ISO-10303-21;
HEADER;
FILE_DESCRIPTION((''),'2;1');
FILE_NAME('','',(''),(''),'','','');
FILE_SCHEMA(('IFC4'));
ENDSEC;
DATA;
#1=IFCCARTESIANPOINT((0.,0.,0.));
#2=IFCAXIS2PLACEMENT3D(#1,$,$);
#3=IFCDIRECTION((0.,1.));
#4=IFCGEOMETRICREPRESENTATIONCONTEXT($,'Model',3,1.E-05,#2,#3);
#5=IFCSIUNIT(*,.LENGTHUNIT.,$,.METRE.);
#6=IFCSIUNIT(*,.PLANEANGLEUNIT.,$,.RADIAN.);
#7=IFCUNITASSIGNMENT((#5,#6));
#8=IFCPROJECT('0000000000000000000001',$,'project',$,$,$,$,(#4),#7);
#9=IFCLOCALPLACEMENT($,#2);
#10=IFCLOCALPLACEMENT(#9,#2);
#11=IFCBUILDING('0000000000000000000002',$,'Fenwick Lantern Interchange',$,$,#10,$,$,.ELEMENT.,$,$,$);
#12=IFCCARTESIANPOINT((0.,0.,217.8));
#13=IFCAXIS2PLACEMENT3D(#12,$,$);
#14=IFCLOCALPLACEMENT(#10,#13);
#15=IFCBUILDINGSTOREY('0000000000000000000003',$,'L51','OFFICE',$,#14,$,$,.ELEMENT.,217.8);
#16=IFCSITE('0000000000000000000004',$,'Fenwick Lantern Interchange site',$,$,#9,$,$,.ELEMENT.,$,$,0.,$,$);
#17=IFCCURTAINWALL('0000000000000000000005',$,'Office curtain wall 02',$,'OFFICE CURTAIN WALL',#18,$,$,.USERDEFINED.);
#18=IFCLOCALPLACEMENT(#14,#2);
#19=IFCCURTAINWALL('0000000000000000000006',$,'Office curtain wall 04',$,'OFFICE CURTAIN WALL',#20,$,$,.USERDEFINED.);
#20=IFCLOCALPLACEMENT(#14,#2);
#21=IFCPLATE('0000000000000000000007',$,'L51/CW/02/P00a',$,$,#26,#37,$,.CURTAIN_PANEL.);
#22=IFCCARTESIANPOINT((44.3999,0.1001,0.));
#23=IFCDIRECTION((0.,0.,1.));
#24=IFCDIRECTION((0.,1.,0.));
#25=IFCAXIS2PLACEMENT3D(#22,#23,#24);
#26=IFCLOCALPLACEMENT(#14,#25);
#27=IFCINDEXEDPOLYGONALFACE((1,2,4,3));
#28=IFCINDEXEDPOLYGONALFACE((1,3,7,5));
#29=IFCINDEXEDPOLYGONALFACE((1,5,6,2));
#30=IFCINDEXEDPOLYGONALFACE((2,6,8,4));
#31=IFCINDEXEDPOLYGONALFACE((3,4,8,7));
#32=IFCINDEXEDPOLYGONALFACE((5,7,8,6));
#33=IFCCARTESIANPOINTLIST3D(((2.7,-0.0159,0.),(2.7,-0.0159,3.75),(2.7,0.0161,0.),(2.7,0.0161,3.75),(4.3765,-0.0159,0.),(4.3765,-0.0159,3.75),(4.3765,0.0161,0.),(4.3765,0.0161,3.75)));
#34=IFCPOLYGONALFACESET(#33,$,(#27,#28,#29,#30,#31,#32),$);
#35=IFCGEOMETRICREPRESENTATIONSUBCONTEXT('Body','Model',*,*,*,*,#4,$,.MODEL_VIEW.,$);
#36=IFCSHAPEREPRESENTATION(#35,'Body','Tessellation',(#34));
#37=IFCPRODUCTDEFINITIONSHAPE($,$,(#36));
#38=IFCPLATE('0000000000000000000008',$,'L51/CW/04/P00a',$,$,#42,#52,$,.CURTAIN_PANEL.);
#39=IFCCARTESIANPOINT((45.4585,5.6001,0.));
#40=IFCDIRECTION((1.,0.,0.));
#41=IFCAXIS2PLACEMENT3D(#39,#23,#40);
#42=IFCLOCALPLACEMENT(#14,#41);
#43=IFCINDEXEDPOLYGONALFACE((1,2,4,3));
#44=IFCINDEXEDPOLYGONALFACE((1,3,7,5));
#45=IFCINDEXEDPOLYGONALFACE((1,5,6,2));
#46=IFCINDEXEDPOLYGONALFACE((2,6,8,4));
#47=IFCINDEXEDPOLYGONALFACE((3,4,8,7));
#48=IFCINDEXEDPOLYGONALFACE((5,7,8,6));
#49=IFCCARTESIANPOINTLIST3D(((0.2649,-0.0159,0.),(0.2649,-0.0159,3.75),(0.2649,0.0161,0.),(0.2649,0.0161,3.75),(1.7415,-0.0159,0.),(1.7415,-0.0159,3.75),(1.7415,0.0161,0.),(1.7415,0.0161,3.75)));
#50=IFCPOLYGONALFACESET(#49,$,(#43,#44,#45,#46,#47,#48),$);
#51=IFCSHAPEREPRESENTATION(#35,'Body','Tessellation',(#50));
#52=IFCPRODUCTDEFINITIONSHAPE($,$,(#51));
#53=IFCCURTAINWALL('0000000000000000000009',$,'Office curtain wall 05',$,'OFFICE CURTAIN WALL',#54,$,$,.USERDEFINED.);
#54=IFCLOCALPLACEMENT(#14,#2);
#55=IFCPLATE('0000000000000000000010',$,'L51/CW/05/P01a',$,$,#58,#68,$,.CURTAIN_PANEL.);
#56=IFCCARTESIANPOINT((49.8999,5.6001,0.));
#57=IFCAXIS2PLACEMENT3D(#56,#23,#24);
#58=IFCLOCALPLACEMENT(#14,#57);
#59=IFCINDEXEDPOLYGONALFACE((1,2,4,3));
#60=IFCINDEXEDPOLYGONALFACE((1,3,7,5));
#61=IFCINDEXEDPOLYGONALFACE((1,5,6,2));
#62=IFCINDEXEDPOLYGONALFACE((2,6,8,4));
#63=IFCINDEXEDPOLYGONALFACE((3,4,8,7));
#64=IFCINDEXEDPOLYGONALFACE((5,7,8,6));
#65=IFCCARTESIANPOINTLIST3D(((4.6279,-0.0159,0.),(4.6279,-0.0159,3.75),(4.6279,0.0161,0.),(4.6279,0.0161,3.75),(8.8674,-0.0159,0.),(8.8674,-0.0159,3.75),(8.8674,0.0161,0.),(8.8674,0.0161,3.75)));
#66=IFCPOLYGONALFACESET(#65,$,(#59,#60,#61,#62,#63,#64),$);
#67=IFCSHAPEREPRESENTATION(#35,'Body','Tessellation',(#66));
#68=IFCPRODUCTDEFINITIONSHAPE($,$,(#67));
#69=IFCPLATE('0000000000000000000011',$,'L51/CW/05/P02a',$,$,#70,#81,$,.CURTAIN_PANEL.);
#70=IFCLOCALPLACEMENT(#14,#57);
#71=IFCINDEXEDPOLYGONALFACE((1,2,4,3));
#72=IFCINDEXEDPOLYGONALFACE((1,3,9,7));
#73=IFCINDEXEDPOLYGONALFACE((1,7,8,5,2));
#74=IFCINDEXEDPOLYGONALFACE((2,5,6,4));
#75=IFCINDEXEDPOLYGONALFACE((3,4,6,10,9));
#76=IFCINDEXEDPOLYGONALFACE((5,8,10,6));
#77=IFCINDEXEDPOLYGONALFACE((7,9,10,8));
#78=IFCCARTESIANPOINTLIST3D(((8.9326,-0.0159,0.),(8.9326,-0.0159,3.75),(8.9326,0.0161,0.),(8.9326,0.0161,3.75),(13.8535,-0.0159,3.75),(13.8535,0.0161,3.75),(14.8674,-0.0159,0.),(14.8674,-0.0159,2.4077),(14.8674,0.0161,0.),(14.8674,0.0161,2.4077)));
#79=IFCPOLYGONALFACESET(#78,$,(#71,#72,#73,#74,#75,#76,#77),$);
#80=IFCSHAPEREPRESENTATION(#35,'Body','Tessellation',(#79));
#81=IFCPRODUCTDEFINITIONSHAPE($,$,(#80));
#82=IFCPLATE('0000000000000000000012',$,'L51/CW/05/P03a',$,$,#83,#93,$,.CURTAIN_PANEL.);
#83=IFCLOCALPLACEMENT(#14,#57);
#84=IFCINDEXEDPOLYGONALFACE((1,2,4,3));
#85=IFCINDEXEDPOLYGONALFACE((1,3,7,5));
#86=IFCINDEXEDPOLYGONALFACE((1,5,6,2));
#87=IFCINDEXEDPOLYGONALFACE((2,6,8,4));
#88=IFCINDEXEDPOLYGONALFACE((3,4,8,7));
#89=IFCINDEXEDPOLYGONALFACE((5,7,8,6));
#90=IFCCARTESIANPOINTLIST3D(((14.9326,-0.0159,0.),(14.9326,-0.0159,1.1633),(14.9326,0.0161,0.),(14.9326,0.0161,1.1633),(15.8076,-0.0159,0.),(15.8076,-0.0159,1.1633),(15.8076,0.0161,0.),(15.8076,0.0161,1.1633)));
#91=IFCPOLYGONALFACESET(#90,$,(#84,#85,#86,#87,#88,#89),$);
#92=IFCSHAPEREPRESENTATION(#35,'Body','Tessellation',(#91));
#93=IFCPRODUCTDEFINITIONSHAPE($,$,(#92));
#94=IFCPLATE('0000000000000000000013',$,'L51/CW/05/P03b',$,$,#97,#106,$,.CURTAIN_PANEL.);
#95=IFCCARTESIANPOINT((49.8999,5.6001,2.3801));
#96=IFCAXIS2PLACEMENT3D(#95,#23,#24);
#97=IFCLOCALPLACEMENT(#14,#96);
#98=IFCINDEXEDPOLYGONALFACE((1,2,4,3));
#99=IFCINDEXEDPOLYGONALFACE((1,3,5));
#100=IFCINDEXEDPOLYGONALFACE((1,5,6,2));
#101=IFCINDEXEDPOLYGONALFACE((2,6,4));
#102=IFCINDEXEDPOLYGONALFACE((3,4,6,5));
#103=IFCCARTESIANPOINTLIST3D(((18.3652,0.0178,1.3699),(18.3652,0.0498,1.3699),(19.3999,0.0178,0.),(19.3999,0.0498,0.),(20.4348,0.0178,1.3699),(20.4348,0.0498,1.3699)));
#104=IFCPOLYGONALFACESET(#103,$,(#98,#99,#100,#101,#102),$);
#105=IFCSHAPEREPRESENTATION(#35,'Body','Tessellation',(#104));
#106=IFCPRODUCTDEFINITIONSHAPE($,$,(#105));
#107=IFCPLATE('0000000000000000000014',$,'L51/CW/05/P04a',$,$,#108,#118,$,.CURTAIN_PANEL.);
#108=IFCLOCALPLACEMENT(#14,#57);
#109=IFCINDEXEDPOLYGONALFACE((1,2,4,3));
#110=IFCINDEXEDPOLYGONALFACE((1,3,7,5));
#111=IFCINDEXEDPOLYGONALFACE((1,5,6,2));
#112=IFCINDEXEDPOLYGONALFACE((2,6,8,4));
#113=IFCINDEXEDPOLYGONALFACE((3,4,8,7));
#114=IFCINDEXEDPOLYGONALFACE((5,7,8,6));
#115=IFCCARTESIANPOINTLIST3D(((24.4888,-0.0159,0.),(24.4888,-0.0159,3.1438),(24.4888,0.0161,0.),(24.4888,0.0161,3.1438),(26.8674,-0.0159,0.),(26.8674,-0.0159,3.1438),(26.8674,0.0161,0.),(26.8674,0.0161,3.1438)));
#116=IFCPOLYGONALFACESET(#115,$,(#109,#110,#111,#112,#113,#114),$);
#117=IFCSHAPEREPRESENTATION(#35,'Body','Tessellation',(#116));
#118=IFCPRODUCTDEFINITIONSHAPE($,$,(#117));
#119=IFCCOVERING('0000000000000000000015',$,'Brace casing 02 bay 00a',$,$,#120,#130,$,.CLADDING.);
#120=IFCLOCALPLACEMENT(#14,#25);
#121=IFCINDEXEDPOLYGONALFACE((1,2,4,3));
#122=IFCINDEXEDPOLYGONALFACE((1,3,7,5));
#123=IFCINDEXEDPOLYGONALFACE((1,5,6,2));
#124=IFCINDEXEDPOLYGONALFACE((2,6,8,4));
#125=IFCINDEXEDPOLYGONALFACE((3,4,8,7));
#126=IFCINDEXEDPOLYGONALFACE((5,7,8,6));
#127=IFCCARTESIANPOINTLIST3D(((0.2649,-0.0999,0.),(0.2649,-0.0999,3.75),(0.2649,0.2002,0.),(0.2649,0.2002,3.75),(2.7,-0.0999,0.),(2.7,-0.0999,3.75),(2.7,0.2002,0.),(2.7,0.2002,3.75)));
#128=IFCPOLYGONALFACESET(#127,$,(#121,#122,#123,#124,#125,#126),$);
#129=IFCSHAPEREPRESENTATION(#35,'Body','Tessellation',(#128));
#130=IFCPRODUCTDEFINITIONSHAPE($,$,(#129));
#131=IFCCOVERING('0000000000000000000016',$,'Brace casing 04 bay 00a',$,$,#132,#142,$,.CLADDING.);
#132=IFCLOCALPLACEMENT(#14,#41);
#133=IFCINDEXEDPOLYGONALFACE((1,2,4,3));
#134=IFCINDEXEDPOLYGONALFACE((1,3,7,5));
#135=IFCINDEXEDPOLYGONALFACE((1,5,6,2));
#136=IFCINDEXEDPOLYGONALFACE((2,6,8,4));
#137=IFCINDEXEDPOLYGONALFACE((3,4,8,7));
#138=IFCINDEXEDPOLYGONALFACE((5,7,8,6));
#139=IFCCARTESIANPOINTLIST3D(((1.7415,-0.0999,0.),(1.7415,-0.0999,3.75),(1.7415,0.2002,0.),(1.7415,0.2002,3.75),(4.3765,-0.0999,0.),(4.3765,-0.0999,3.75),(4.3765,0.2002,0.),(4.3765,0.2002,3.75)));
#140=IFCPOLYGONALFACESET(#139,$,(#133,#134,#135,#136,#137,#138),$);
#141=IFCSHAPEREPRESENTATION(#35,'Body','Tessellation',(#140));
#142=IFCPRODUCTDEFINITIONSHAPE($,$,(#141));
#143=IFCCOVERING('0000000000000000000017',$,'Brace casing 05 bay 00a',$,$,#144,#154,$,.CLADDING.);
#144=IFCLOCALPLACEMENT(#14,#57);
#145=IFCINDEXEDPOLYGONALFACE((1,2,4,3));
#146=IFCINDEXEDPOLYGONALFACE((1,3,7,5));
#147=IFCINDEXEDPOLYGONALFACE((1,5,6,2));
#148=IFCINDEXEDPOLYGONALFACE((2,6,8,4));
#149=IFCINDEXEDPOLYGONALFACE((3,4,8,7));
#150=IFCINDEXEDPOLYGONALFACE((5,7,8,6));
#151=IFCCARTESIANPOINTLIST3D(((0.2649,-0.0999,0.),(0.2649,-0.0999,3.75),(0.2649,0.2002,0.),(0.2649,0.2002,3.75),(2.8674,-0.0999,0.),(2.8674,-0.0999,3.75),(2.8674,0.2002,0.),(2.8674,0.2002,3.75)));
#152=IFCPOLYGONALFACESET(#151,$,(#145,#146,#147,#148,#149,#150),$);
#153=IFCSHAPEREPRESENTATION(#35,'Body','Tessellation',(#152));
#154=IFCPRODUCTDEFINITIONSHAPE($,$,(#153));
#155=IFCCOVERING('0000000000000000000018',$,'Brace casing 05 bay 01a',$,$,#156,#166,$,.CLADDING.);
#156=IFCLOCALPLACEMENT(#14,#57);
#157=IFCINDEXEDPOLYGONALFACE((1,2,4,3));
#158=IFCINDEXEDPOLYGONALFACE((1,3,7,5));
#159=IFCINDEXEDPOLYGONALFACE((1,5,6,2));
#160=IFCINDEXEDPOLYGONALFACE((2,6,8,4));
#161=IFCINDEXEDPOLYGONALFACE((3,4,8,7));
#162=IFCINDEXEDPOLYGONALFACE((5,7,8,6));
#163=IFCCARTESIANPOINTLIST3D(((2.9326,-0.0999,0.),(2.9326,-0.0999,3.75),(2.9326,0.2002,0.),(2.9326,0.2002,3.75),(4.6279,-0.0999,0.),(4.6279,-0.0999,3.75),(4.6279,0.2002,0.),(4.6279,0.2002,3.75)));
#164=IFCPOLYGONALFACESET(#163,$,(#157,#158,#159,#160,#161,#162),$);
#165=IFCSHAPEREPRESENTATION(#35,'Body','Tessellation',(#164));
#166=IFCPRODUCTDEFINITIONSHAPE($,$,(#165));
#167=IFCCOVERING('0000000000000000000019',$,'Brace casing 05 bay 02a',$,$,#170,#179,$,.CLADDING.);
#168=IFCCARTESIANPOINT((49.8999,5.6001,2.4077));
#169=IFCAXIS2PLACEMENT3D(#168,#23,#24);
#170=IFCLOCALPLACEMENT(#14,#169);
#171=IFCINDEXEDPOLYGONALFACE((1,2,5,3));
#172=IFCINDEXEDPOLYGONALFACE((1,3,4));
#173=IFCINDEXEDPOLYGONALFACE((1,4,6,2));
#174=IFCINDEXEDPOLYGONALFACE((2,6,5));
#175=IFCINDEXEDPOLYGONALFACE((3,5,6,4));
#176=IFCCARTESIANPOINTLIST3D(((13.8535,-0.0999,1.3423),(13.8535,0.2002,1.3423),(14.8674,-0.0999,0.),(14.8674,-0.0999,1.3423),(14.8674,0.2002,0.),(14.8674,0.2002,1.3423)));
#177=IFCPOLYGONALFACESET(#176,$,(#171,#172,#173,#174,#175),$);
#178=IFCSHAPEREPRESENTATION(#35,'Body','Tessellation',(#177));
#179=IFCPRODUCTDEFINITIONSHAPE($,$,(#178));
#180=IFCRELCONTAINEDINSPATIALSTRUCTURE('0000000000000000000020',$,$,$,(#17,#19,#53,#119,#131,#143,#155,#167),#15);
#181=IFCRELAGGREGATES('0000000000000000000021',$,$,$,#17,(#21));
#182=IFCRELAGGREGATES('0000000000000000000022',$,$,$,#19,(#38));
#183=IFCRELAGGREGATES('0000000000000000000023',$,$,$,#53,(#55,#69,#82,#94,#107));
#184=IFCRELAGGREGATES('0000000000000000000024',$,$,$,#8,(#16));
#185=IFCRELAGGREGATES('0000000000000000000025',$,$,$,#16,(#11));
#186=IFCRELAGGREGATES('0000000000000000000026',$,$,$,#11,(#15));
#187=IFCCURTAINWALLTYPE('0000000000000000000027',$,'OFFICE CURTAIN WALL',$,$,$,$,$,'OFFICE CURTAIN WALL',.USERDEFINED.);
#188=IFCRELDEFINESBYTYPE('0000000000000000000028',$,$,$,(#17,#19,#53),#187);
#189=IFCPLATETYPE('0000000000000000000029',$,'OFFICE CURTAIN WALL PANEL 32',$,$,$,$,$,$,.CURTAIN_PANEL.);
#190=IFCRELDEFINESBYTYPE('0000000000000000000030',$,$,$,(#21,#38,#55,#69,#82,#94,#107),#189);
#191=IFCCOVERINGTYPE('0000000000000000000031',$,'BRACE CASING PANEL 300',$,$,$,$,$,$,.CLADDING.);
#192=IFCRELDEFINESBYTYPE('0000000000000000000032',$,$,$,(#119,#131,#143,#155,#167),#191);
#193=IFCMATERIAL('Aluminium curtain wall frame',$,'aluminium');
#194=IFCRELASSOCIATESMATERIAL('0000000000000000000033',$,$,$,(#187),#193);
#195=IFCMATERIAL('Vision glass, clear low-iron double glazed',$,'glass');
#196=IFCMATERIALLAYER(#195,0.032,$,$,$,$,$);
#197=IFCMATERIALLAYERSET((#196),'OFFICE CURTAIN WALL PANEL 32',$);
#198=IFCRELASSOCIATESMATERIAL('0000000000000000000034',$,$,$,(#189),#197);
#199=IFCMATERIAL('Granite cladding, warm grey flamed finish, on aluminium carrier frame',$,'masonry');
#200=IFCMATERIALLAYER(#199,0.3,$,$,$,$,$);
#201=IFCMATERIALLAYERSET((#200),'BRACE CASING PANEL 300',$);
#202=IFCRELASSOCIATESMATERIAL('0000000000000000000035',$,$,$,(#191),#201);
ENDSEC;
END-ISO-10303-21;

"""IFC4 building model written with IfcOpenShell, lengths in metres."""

from ifc_helpers import new_model, si_unit, direction, frame, origin, place, context, subcontext, project, spatial, polyline, outline, extrude, material, layer, layer_set, type_object, element, aggregate, save


model = new_model("IFC4")

# Units and contexts
model_context = context("Model", 3, precision=1e-05, world=origin(), true_north=direction((0.0, 1.0)))
body_context = subcontext(model_context, "Body", "Model", "MODEL_VIEW")
ifc_project = project(units=[si_unit("LENGTHUNIT", "METRE"), si_unit("PLANEANGLEUNIT", "RADIAN")], contexts=[model_context])

# Site, building, storey
site_placement = place(None, origin())
site = spatial("IfcSite", under=ifc_project, at=site_placement, Name="Fenwick Lantern Interchange site", CompositionType="ELEMENT", RefElevation=0.0)
building_placement = place(site_placement, origin())
building = spatial("IfcBuilding", under=site, at=building_placement, Name="Fenwick Lantern Interchange", CompositionType="ELEMENT")
storey_placement = place(building_placement, frame((0.0, 0.0, 217.8)))
storey = spatial("IfcBuildingStorey", under=building, at=storey_placement, Name="L51", Description="OFFICE", CompositionType="ELEMENT", Elevation=217.8)

# Shared definitions
ifc_material_1 = material(Name="Aluminium curtain wall frame", Category="aluminium")
curtain_wall_type = type_object("IfcCurtainWallType", Name="OFFICE CURTAIN WALL", ElementType="OFFICE CURTAIN WALL", PredefinedType="USERDEFINED", material=ifc_material_1)

# Curtain walls
curtain_wall_1_placement = place(storey_placement, origin())
curtain_wall_1 = element("IfcCurtainWall", 1, at=curtain_wall_1_placement, inside=storey, type_object=curtain_wall_type, Name="Office curtain wall 02", ObjectType="OFFICE CURTAIN WALL", PredefinedType="USERDEFINED")
curtain_wall_2_placement = place(storey_placement, origin())
curtain_wall_2 = element("IfcCurtainWall", 2, at=curtain_wall_2_placement, inside=storey, type_object=curtain_wall_type, Name="Office curtain wall 04", ObjectType="OFFICE CURTAIN WALL", PredefinedType="USERDEFINED")

# Plates
ifc_material_2 = material(Name="Vision glass, clear low-iron double glazed", Category="glass")
ifc_layer_1 = layer(ifc_material_2, 0.032)
ifc_layer_set_1 = layer_set([ifc_layer_1], Name="OFFICE CURTAIN WALL PANEL 32")
plate_type = type_object("IfcPlateType", Name="OFFICE CURTAIN WALL PANEL 32", PredefinedType="CURTAIN_PANEL", material=ifc_layer_set_1)
plate_1_placement = place(storey_placement, frame((44.3999, 0.1001, 0.0), z_axis=(0.0, 0.0, 1.0), x_axis=(0.0, 1.0, 0.0)))
plate_1 = element("IfcPlate", 3, at=plate_1_placement, type_object=plate_type, Name="L51/CW/02/P00a", PredefinedType="CURTAIN_PANEL", context=body_context, shape_type="SweptSolid", body=[
    extrude(outline(polyline([(2.7, 0.0), (4.3765, 0.0), (4.3765, 3.75), (2.7, 3.75), (2.7, 0.0)])), frame((0.0, 0.0161, 0.0), z_axis=(0.0, -1.0, 0.0), x_axis=(1.0, 0.0, 0.0)), (0.0, 0.0, 1.0), 0.032),
])
aggregate(curtain_wall_1, [plate_1])
plate_2_placement = place(storey_placement, frame((45.4585, 5.6001, 0.0), z_axis=(0.0, 0.0, 1.0), x_axis=(1.0, 0.0, 0.0)))
plate_2 = element("IfcPlate", 4, at=plate_2_placement, type_object=plate_type, Name="L51/CW/04/P00a", PredefinedType="CURTAIN_PANEL", context=body_context, shape_type="SweptSolid", body=[
    extrude(outline(polyline([(0.2649, 0.0), (1.7415, 0.0), (1.7415, 3.75), (0.2649, 3.75), (0.2649, 0.0)])), frame((0.0, 0.0161, 0.0), z_axis=(0.0, -1.0, 0.0), x_axis=(1.0, 0.0, 0.0)), (0.0, 0.0, 1.0), 0.032),
])
aggregate(curtain_wall_2, [plate_2])

# Curtain wall, plates
curtain_wall_3_placement = place(storey_placement, origin())
curtain_wall_3 = element("IfcCurtainWall", 5, at=curtain_wall_3_placement, inside=storey, type_object=curtain_wall_type, Name="Office curtain wall 05", ObjectType="OFFICE CURTAIN WALL", PredefinedType="USERDEFINED")
plate_3_placement = place(storey_placement, frame((49.8999, 5.6001, 0.0), z_axis=(0.0, 0.0, 1.0), x_axis=(0.0, 1.0, 0.0)))
plate_3 = element("IfcPlate", 6, at=plate_3_placement, type_object=plate_type, Name="L51/CW/05/P01a", PredefinedType="CURTAIN_PANEL", context=body_context, shape_type="SweptSolid", body=[
    extrude(outline(polyline([(4.6279, 0.0), (8.8674, 0.0), (8.8674, 3.75), (4.6279, 3.75), (4.6279, 0.0)])), frame((0.0, 0.0161, 0.0), z_axis=(0.0, -1.0, 0.0), x_axis=(1.0, 0.0, 0.0)), (0.0, 0.0, 1.0), 0.032),
])
plate_4_placement = place(storey_placement, frame((49.8999, 5.6001, 0.0), z_axis=(0.0, 0.0, 1.0), x_axis=(0.0, 1.0, 0.0)))
plate_4 = element("IfcPlate", 7, at=plate_4_placement, type_object=plate_type, Name="L51/CW/05/P02a", PredefinedType="CURTAIN_PANEL", context=body_context, shape_type="SweptSolid", body=[
    extrude(outline(polyline([(8.9326, 0.0), (14.8674, 0.0), (14.8674, 2.4077), (13.8535, 3.75), (8.9326, 3.75), (8.9326, 0.0)])), frame((0.0, 0.0161, 0.0), z_axis=(0.0, -1.0, 0.0), x_axis=(1.0, 0.0, 0.0)), (0.0, 0.0, 1.0), 0.032),
])
plate_5_placement = place(storey_placement, frame((49.8999, 5.6001, 0.0), z_axis=(0.0, 0.0, 1.0), x_axis=(0.0, 1.0, 0.0)))
plate_5 = element("IfcPlate", 8, at=plate_5_placement, type_object=plate_type, Name="L51/CW/05/P03a", PredefinedType="CURTAIN_PANEL", context=body_context, shape_type="SweptSolid", body=[
    extrude(outline(polyline([(14.9326, 0.0), (15.8076, 0.0), (15.8076, 1.1633), (14.9326, 1.1633), (14.9326, 0.0)])), frame((0.0, 0.0161, 0.0), z_axis=(0.0, -1.0, 0.0), x_axis=(1.0, 0.0, 0.0)), (0.0, 0.0, 1.0), 0.032),
])
plate_6_placement = place(storey_placement, frame((49.8999, 5.6001, 2.3801), z_axis=(0.0, 0.0, 1.0), x_axis=(0.0, 1.0, 0.0)))
plate_6 = element("IfcPlate", 9, at=plate_6_placement, type_object=plate_type, Name="L51/CW/05/P03b", PredefinedType="CURTAIN_PANEL", context=body_context, shape_type="SweptSolid", body=[
    extrude(outline(polyline([(19.3999, 0.0), (20.4348, 1.3699), (18.3652, 1.3699), (19.3999, 0.0)])), frame((0.0, 0.0498, 0.0), z_axis=(0.0, -1.0, 0.0), x_axis=(1.0, 0.0, 0.0)), (0.0, 0.0, 1.0), 0.032),
])
plate_7_placement = place(storey_placement, frame((49.8999, 5.6001, 0.0), z_axis=(0.0, 0.0, 1.0), x_axis=(0.0, 1.0, 0.0)))
plate_7 = element("IfcPlate", 10, at=plate_7_placement, type_object=plate_type, Name="L51/CW/05/P04a", PredefinedType="CURTAIN_PANEL", context=body_context, shape_type="SweptSolid", body=[
    extrude(outline(polyline([(24.4888, 0.0), (26.8674, 0.0), (26.8674, 3.1438), (24.4888, 3.1438), (24.4888, 0.0)])), frame((0.0, 0.0161, 0.0), z_axis=(0.0, -1.0, 0.0), x_axis=(1.0, 0.0, 0.0)), (0.0, 0.0, 1.0), 0.032),
])
aggregate(curtain_wall_3, [plate_3, plate_4, plate_5, plate_6, plate_7])

# Coverings
ifc_material_3 = material(Name="Granite cladding, warm grey flamed finish, on aluminium carrier frame", Category="masonry")
ifc_layer_2 = layer(ifc_material_3, 0.3)
ifc_layer_set_2 = layer_set([ifc_layer_2], Name="BRACE CASING PANEL 300")
covering_type = type_object("IfcCoveringType", Name="BRACE CASING PANEL 300", PredefinedType="CLADDING", material=ifc_layer_set_2)
covering_1_placement = place(storey_placement, frame((44.3999, 0.1001, 0.0), z_axis=(0.0, 0.0, 1.0), x_axis=(0.0, 1.0, 0.0)))
element("IfcCovering", 11, at=covering_1_placement, inside=storey, type_object=covering_type, Name="Brace casing 02 bay 00a", PredefinedType="CLADDING", context=body_context, shape_type="SweptSolid", body=[
    extrude(outline(polyline([(0.2649, 0.0), (2.7, 0.0), (2.7, 3.75), (0.2649, 3.75), (0.2649, 0.0)])), frame((0.0, 0.2002, 0.0), z_axis=(0.0, -1.0, 0.0), x_axis=(1.0, 0.0, 0.0)), (0.0, 0.0, 1.0), 0.3),
])
covering_2_placement = place(storey_placement, frame((45.4585, 5.6001, 0.0), z_axis=(0.0, 0.0, 1.0), x_axis=(1.0, 0.0, 0.0)))
element("IfcCovering", 12, at=covering_2_placement, inside=storey, type_object=covering_type, Name="Brace casing 04 bay 00a", PredefinedType="CLADDING", context=body_context, shape_type="SweptSolid", body=[
    extrude(outline(polyline([(1.7415, 0.0), (4.3765, 0.0), (4.3765, 3.75), (1.7415, 3.75), (1.7415, 0.0)])), frame((0.0, 0.2002, 0.0), z_axis=(0.0, -1.0, 0.0), x_axis=(1.0, 0.0, 0.0)), (0.0, 0.0, 1.0), 0.3),
])
covering_3_placement = place(storey_placement, frame((49.8999, 5.6001, 0.0), z_axis=(0.0, 0.0, 1.0), x_axis=(0.0, 1.0, 0.0)))
element("IfcCovering", 13, at=covering_3_placement, inside=storey, type_object=covering_type, Name="Brace casing 05 bay 00a", PredefinedType="CLADDING", context=body_context, shape_type="SweptSolid", body=[
    extrude(outline(polyline([(0.2649, 0.0), (2.8674, 0.0), (2.8674, 3.75), (0.2649, 3.75), (0.2649, 0.0)])), frame((0.0, 0.2002, 0.0), z_axis=(0.0, -1.0, 0.0), x_axis=(1.0, 0.0, 0.0)), (0.0, 0.0, 1.0), 0.3),
])
covering_4_placement = place(storey_placement, frame((49.8999, 5.6001, 0.0), z_axis=(0.0, 0.0, 1.0), x_axis=(0.0, 1.0, 0.0)))
element("IfcCovering", 14, at=covering_4_placement, inside=storey, type_object=covering_type, Name="Brace casing 05 bay 01a", PredefinedType="CLADDING", context=body_context, shape_type="SweptSolid", body=[
    extrude(outline(polyline([(2.9326, 0.0), (4.6279, 0.0), (4.6279, 3.75), (2.9326, 3.75), (2.9326, 0.0)])), frame((0.0, 0.2002, 0.0), z_axis=(0.0, -1.0, 0.0), x_axis=(1.0, 0.0, 0.0)), (0.0, 0.0, 1.0), 0.3),
])
covering_5_placement = place(storey_placement, frame((49.8999, 5.6001, 2.4077), z_axis=(0.0, 0.0, 1.0), x_axis=(0.0, 1.0, 0.0)))
element("IfcCovering", 15, at=covering_5_placement, inside=storey, type_object=covering_type, Name="Brace casing 05 bay 02a", PredefinedType="CLADDING", context=body_context, shape_type="SweptSolid", body=[
    extrude(outline(polyline([(14.8674, 0.0), (14.8674, 1.3423), (13.8535, 1.3423), (14.8674, 0.0)])), frame((0.0, 0.2002, 0.0), z_axis=(0.0, -1.0, 0.0), x_axis=(1.0, 0.0, 0.0)), (0.0, 0.0, 1.0), 0.3),
])

save(model, "model.ifc")
